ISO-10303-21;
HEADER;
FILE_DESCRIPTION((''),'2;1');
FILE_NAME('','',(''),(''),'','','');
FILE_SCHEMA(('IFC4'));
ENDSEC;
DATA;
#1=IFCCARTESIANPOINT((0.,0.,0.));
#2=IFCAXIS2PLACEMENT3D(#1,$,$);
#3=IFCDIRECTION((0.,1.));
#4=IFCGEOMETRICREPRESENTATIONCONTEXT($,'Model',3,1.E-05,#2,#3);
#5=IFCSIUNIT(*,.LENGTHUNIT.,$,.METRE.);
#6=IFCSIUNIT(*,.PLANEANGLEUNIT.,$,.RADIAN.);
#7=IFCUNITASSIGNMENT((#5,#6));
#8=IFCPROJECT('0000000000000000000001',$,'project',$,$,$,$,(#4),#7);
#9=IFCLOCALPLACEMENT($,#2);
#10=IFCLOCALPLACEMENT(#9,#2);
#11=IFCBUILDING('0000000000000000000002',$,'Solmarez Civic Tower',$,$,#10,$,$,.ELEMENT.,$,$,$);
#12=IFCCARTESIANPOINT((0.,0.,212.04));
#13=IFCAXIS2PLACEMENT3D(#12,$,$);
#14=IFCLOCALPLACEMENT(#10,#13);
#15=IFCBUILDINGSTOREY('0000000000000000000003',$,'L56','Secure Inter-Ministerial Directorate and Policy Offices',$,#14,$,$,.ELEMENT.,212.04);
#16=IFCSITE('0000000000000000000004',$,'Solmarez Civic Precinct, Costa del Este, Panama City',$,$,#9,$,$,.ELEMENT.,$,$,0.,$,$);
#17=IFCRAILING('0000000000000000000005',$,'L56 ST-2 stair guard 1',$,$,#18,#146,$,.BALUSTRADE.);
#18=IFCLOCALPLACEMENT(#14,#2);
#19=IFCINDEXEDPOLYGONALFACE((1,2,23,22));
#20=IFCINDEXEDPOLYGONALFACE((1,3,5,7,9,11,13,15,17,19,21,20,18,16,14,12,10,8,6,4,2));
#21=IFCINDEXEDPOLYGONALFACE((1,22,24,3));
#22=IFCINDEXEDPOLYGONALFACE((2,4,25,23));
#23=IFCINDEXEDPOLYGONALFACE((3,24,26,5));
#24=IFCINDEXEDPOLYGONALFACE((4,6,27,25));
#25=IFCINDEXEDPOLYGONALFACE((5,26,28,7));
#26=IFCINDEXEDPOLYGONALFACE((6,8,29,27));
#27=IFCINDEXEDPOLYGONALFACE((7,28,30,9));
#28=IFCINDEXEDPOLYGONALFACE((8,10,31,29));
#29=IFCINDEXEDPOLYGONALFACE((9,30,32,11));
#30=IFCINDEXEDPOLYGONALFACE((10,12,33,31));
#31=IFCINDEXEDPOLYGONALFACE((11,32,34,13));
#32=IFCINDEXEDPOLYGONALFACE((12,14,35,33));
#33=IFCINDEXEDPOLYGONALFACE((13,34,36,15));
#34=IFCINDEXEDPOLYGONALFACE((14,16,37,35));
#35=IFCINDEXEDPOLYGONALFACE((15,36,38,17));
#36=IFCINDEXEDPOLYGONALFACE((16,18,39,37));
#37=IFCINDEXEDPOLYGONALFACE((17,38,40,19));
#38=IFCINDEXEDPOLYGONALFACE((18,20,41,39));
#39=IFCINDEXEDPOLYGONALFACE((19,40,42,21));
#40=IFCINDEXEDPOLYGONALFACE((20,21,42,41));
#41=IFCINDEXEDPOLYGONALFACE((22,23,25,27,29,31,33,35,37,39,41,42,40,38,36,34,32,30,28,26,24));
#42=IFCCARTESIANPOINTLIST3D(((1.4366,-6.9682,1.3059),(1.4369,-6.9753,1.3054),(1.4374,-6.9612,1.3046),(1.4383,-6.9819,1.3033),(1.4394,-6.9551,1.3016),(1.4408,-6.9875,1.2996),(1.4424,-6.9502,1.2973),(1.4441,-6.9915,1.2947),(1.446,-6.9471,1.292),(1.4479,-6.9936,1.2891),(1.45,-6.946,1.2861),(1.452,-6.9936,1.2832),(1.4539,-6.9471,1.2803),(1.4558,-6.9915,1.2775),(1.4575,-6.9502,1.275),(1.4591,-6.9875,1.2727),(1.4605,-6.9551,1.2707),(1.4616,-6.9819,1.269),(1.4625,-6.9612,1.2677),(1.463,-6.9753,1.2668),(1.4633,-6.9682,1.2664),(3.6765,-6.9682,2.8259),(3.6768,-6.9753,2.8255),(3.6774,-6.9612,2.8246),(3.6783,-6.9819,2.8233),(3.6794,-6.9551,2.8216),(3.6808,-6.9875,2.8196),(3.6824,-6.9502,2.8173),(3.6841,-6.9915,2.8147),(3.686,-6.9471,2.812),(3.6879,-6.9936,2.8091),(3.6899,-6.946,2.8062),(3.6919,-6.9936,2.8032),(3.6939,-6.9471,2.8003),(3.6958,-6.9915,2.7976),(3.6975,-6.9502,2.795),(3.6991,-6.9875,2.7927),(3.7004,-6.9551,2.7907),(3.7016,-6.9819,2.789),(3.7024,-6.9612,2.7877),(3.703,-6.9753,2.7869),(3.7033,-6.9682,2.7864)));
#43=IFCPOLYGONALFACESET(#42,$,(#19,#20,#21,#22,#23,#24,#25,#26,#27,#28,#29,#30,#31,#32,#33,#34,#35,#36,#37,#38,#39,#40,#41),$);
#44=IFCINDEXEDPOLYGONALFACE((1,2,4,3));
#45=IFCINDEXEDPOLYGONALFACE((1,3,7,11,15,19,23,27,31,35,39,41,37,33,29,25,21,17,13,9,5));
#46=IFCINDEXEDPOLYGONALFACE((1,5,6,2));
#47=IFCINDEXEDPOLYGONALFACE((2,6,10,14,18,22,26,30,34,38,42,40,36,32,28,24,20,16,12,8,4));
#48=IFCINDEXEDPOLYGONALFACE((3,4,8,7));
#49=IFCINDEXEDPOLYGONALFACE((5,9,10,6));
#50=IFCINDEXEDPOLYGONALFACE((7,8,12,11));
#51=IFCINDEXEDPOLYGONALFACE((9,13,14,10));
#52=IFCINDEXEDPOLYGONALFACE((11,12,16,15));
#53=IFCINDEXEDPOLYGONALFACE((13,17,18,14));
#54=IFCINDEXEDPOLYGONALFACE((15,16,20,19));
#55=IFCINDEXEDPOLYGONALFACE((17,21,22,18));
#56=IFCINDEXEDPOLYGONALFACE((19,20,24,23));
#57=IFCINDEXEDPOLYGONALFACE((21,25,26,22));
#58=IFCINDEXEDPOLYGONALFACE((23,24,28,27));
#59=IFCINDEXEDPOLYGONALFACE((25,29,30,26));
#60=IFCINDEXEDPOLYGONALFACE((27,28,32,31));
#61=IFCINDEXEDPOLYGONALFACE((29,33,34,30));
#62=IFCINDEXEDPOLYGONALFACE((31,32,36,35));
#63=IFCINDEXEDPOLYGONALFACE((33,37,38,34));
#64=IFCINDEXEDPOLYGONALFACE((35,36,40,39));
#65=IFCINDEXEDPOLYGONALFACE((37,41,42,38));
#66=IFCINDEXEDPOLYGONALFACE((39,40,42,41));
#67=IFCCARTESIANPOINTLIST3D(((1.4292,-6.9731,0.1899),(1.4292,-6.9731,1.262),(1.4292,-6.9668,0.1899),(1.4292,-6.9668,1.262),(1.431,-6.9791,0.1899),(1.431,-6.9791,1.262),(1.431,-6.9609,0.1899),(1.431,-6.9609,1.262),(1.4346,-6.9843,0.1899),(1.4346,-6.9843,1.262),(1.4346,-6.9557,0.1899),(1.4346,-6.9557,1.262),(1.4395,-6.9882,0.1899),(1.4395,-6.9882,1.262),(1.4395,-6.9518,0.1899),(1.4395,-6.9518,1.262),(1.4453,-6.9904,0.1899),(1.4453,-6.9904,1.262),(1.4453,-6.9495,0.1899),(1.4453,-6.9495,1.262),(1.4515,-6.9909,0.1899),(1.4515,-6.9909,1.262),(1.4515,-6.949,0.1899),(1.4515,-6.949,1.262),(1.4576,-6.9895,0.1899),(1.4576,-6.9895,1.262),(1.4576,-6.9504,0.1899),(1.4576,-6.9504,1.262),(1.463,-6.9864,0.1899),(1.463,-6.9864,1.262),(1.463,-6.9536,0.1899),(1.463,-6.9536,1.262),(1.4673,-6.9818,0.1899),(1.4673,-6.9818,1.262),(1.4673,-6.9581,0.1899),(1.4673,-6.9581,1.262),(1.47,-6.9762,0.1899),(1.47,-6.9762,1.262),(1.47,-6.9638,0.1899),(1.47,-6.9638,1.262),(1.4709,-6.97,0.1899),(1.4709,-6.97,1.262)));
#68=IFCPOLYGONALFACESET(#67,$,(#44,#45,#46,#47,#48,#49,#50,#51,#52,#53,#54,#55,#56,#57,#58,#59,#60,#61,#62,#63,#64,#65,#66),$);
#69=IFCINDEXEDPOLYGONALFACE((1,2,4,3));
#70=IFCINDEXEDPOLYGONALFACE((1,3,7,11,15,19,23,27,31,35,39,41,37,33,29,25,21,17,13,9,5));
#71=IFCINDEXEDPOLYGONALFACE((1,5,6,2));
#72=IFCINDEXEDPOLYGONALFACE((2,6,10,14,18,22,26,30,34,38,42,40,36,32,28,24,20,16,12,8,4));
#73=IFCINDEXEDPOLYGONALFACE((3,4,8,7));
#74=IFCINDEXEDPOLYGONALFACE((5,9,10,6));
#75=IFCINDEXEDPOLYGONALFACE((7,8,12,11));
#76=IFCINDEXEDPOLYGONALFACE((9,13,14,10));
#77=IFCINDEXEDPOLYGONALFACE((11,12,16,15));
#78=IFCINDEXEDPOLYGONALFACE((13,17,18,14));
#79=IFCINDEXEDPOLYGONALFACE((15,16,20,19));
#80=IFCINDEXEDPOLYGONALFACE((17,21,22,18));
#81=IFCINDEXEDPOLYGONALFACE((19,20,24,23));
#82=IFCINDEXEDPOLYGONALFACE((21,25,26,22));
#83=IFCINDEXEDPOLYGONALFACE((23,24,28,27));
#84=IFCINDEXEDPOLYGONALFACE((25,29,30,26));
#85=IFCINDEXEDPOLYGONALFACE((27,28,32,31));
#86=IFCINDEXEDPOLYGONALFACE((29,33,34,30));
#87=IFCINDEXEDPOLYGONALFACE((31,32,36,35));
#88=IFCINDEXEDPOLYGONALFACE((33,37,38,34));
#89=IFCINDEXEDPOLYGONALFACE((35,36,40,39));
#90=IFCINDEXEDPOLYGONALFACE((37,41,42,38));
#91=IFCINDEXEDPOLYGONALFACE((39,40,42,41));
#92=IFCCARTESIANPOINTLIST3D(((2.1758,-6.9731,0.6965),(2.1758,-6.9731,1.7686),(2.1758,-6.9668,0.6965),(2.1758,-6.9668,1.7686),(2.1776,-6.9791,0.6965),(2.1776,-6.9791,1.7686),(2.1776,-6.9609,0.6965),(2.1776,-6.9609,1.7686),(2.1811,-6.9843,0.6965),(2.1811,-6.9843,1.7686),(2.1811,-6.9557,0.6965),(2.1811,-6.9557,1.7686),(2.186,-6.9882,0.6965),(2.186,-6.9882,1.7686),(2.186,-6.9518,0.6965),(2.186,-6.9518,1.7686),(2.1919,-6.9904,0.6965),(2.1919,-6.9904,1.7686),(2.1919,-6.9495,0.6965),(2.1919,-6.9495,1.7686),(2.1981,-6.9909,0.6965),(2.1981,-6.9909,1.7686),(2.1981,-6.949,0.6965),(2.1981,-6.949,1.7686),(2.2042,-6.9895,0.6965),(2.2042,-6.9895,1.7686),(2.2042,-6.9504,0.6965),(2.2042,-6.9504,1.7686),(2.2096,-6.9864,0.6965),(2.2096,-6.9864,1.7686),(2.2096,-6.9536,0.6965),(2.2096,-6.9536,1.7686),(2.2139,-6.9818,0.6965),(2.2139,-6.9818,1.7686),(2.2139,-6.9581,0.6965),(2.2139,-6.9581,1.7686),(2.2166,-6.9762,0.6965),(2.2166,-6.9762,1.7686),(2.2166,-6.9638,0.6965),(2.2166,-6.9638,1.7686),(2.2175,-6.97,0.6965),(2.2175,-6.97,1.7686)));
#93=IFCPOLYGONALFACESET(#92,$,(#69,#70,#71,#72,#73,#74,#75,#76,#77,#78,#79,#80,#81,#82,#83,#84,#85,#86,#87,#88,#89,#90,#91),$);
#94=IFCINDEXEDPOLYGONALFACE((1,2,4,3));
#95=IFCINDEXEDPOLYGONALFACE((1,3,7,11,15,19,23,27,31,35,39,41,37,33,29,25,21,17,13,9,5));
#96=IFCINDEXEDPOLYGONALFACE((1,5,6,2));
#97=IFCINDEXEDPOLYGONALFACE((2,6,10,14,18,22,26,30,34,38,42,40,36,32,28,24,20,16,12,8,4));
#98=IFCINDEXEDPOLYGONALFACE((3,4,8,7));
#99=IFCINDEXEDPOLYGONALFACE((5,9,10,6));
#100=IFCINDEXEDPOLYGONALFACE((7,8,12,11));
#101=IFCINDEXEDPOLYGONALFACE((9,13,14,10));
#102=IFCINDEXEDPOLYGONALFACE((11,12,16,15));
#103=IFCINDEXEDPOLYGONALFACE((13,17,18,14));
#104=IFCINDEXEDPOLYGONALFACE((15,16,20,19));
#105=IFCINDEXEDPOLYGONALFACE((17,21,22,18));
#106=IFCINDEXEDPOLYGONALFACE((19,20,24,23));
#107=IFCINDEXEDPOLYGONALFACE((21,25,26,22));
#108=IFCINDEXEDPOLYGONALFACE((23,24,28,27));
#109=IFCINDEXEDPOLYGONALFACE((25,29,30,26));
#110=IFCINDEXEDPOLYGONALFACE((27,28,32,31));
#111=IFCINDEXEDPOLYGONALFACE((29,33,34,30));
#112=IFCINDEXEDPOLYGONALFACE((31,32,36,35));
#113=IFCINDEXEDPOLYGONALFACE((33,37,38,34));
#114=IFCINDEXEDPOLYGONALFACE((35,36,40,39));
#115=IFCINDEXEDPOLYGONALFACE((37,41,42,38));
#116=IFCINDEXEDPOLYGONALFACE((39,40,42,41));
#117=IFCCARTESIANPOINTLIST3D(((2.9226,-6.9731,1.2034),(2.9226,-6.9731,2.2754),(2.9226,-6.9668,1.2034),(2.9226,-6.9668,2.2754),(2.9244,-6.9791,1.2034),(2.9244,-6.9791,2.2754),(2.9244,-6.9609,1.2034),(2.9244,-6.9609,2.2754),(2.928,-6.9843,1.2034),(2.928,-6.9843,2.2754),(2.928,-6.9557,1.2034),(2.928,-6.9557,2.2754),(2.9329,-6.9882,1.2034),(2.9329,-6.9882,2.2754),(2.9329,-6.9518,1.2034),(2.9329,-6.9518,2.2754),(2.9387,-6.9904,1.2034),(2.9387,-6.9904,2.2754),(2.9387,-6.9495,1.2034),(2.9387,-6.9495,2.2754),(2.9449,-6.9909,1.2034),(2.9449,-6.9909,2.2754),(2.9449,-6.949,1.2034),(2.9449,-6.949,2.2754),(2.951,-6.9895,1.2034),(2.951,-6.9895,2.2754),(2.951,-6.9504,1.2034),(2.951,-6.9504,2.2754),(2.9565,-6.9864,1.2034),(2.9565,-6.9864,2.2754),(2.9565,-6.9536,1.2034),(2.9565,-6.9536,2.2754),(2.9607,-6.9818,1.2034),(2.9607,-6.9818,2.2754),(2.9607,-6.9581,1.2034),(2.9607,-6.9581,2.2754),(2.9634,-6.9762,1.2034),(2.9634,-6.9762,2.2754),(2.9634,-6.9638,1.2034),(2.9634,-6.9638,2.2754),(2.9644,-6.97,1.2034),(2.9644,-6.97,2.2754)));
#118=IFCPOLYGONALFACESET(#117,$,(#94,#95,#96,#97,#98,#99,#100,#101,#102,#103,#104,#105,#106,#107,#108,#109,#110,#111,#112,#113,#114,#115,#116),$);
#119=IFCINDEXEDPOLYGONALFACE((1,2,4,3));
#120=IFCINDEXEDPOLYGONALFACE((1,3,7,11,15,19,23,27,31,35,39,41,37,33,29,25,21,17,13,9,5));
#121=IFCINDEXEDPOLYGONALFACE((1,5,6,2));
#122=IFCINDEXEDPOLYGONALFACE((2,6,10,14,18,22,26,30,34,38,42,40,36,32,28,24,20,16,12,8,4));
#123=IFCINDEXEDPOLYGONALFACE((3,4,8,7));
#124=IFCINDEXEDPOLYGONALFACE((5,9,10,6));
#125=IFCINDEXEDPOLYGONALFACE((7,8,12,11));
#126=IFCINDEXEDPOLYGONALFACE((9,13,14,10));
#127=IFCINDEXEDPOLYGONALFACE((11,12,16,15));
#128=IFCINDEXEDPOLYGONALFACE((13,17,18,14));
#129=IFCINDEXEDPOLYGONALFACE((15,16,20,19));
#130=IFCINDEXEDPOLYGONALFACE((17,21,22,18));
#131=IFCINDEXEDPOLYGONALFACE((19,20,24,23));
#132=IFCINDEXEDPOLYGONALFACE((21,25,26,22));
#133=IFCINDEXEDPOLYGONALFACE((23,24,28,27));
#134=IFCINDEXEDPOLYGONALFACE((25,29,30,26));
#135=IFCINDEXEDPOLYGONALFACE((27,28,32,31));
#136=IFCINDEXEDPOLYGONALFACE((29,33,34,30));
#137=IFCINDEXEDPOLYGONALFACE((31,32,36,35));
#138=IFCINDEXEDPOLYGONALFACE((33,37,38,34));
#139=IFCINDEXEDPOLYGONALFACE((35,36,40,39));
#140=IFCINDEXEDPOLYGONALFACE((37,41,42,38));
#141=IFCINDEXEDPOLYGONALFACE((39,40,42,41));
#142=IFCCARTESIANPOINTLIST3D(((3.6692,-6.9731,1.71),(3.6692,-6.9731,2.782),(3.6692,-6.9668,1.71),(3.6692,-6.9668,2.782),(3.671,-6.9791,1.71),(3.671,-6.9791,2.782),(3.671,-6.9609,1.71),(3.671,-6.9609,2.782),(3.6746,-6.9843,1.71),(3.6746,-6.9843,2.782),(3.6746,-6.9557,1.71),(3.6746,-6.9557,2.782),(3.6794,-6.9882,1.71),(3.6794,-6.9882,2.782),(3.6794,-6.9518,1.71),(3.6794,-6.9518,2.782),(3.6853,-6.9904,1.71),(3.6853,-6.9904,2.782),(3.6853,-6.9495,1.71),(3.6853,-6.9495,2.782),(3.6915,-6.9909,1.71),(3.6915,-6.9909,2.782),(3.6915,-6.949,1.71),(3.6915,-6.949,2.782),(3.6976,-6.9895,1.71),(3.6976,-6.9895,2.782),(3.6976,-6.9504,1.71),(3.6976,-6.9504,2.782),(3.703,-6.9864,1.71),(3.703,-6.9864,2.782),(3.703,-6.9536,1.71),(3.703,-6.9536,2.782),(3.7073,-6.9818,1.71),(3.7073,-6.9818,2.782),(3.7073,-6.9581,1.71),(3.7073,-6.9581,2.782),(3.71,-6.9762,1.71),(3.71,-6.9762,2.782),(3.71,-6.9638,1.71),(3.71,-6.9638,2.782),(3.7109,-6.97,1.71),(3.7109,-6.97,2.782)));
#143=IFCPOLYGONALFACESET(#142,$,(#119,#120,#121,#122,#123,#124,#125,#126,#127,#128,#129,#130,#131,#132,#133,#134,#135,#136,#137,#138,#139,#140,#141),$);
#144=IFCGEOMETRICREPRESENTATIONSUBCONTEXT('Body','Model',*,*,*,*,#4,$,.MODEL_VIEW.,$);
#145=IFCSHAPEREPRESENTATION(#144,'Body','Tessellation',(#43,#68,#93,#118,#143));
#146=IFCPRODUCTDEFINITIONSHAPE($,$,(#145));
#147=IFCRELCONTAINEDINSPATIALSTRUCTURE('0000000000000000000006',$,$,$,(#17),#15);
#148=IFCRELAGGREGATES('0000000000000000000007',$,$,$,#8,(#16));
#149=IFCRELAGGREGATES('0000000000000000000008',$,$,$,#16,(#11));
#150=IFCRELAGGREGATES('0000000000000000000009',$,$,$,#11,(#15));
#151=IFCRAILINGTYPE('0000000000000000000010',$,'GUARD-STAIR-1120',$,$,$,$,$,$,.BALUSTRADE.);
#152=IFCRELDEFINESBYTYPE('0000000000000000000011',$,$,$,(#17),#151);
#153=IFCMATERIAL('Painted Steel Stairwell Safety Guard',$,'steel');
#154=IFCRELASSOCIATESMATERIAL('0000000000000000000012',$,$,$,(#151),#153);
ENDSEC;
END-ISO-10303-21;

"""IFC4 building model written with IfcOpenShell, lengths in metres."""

from ifc_helpers import new_model, si_unit, direction, frame, origin, origin_2d, place, context, subcontext, project, spatial, circle, extrude, material, type_object, element, save


model = new_model("IFC4")

# Units and contexts
model_context = context("Model", 3, precision=1e-05, world=origin(), true_north=direction((0.0, 1.0)))
body_context = subcontext(model_context, "Body", "Model", "MODEL_VIEW")
ifc_project = project(units=[si_unit("LENGTHUNIT", "METRE"), si_unit("PLANEANGLEUNIT", "RADIAN")], contexts=[model_context])

# Site, building, storey
site_placement = place(None, origin())
site = spatial("IfcSite", under=ifc_project, at=site_placement, Name="Solmarez Civic Precinct, Costa del Este, Panama City", CompositionType="ELEMENT", RefElevation=0.0)
building_placement = place(site_placement, origin())
building = spatial("IfcBuilding", under=site, at=building_placement, Name="Solmarez Civic Tower", CompositionType="ELEMENT")
storey_placement = place(building_placement, frame((0.0, 0.0, 212.04)))
storey = spatial("IfcBuildingStorey", under=building, at=storey_placement, Name="L56", Description="Secure Inter-Ministerial Directorate and Policy Offices", CompositionType="ELEMENT", Elevation=212.04)

# Railing
ifc_material_1 = material(Name="Painted Steel Stairwell Safety Guard", Category="steel")
railing_type_1 = type_object("IfcRailingType", Name="GUARD-STAIR-1120", PredefinedType="BALUSTRADE", material=ifc_material_1)
railing_1_placement = place(storey_placement, frame((1.45, -6.97, 0.1899)))
element("IfcRailing", 1, at=railing_1_placement, inside=storey, type_object=railing_type_1, Name="L56 ST-2 stair guard 1", PredefinedType="BALUSTRADE", context=body_context, shape_type="SweptSolid", body=[
    extrude(circle(Radius=0.0239, at=origin_2d()), frame((0.0, 0.0, 1.0962), z_axis=(0.827471, 0.0, 0.561508), x_axis=(0.0, 1.0, 0.0)), (0.0, 0.0, 1.0), 2.707),
    extrude(circle(Radius=0.021, at=origin_2d()), origin(), (0.0, 0.0, 1.0), 1.072),
    extrude(circle(Radius=0.021, at=origin_2d()), frame((0.7466, 0.0, 0.5066)), (0.0, 0.0, 1.0), 1.072),
    extrude(circle(Radius=0.021, at=origin_2d()), frame((1.4934, 0.0, 1.0134)), (0.0, 0.0, 1.0), 1.072),
    extrude(circle(Radius=0.021, at=origin_2d()), frame((2.24, 0.0, 1.52)), (0.0, 0.0, 1.0), 1.072),
])

save(model, "model.ifc")
